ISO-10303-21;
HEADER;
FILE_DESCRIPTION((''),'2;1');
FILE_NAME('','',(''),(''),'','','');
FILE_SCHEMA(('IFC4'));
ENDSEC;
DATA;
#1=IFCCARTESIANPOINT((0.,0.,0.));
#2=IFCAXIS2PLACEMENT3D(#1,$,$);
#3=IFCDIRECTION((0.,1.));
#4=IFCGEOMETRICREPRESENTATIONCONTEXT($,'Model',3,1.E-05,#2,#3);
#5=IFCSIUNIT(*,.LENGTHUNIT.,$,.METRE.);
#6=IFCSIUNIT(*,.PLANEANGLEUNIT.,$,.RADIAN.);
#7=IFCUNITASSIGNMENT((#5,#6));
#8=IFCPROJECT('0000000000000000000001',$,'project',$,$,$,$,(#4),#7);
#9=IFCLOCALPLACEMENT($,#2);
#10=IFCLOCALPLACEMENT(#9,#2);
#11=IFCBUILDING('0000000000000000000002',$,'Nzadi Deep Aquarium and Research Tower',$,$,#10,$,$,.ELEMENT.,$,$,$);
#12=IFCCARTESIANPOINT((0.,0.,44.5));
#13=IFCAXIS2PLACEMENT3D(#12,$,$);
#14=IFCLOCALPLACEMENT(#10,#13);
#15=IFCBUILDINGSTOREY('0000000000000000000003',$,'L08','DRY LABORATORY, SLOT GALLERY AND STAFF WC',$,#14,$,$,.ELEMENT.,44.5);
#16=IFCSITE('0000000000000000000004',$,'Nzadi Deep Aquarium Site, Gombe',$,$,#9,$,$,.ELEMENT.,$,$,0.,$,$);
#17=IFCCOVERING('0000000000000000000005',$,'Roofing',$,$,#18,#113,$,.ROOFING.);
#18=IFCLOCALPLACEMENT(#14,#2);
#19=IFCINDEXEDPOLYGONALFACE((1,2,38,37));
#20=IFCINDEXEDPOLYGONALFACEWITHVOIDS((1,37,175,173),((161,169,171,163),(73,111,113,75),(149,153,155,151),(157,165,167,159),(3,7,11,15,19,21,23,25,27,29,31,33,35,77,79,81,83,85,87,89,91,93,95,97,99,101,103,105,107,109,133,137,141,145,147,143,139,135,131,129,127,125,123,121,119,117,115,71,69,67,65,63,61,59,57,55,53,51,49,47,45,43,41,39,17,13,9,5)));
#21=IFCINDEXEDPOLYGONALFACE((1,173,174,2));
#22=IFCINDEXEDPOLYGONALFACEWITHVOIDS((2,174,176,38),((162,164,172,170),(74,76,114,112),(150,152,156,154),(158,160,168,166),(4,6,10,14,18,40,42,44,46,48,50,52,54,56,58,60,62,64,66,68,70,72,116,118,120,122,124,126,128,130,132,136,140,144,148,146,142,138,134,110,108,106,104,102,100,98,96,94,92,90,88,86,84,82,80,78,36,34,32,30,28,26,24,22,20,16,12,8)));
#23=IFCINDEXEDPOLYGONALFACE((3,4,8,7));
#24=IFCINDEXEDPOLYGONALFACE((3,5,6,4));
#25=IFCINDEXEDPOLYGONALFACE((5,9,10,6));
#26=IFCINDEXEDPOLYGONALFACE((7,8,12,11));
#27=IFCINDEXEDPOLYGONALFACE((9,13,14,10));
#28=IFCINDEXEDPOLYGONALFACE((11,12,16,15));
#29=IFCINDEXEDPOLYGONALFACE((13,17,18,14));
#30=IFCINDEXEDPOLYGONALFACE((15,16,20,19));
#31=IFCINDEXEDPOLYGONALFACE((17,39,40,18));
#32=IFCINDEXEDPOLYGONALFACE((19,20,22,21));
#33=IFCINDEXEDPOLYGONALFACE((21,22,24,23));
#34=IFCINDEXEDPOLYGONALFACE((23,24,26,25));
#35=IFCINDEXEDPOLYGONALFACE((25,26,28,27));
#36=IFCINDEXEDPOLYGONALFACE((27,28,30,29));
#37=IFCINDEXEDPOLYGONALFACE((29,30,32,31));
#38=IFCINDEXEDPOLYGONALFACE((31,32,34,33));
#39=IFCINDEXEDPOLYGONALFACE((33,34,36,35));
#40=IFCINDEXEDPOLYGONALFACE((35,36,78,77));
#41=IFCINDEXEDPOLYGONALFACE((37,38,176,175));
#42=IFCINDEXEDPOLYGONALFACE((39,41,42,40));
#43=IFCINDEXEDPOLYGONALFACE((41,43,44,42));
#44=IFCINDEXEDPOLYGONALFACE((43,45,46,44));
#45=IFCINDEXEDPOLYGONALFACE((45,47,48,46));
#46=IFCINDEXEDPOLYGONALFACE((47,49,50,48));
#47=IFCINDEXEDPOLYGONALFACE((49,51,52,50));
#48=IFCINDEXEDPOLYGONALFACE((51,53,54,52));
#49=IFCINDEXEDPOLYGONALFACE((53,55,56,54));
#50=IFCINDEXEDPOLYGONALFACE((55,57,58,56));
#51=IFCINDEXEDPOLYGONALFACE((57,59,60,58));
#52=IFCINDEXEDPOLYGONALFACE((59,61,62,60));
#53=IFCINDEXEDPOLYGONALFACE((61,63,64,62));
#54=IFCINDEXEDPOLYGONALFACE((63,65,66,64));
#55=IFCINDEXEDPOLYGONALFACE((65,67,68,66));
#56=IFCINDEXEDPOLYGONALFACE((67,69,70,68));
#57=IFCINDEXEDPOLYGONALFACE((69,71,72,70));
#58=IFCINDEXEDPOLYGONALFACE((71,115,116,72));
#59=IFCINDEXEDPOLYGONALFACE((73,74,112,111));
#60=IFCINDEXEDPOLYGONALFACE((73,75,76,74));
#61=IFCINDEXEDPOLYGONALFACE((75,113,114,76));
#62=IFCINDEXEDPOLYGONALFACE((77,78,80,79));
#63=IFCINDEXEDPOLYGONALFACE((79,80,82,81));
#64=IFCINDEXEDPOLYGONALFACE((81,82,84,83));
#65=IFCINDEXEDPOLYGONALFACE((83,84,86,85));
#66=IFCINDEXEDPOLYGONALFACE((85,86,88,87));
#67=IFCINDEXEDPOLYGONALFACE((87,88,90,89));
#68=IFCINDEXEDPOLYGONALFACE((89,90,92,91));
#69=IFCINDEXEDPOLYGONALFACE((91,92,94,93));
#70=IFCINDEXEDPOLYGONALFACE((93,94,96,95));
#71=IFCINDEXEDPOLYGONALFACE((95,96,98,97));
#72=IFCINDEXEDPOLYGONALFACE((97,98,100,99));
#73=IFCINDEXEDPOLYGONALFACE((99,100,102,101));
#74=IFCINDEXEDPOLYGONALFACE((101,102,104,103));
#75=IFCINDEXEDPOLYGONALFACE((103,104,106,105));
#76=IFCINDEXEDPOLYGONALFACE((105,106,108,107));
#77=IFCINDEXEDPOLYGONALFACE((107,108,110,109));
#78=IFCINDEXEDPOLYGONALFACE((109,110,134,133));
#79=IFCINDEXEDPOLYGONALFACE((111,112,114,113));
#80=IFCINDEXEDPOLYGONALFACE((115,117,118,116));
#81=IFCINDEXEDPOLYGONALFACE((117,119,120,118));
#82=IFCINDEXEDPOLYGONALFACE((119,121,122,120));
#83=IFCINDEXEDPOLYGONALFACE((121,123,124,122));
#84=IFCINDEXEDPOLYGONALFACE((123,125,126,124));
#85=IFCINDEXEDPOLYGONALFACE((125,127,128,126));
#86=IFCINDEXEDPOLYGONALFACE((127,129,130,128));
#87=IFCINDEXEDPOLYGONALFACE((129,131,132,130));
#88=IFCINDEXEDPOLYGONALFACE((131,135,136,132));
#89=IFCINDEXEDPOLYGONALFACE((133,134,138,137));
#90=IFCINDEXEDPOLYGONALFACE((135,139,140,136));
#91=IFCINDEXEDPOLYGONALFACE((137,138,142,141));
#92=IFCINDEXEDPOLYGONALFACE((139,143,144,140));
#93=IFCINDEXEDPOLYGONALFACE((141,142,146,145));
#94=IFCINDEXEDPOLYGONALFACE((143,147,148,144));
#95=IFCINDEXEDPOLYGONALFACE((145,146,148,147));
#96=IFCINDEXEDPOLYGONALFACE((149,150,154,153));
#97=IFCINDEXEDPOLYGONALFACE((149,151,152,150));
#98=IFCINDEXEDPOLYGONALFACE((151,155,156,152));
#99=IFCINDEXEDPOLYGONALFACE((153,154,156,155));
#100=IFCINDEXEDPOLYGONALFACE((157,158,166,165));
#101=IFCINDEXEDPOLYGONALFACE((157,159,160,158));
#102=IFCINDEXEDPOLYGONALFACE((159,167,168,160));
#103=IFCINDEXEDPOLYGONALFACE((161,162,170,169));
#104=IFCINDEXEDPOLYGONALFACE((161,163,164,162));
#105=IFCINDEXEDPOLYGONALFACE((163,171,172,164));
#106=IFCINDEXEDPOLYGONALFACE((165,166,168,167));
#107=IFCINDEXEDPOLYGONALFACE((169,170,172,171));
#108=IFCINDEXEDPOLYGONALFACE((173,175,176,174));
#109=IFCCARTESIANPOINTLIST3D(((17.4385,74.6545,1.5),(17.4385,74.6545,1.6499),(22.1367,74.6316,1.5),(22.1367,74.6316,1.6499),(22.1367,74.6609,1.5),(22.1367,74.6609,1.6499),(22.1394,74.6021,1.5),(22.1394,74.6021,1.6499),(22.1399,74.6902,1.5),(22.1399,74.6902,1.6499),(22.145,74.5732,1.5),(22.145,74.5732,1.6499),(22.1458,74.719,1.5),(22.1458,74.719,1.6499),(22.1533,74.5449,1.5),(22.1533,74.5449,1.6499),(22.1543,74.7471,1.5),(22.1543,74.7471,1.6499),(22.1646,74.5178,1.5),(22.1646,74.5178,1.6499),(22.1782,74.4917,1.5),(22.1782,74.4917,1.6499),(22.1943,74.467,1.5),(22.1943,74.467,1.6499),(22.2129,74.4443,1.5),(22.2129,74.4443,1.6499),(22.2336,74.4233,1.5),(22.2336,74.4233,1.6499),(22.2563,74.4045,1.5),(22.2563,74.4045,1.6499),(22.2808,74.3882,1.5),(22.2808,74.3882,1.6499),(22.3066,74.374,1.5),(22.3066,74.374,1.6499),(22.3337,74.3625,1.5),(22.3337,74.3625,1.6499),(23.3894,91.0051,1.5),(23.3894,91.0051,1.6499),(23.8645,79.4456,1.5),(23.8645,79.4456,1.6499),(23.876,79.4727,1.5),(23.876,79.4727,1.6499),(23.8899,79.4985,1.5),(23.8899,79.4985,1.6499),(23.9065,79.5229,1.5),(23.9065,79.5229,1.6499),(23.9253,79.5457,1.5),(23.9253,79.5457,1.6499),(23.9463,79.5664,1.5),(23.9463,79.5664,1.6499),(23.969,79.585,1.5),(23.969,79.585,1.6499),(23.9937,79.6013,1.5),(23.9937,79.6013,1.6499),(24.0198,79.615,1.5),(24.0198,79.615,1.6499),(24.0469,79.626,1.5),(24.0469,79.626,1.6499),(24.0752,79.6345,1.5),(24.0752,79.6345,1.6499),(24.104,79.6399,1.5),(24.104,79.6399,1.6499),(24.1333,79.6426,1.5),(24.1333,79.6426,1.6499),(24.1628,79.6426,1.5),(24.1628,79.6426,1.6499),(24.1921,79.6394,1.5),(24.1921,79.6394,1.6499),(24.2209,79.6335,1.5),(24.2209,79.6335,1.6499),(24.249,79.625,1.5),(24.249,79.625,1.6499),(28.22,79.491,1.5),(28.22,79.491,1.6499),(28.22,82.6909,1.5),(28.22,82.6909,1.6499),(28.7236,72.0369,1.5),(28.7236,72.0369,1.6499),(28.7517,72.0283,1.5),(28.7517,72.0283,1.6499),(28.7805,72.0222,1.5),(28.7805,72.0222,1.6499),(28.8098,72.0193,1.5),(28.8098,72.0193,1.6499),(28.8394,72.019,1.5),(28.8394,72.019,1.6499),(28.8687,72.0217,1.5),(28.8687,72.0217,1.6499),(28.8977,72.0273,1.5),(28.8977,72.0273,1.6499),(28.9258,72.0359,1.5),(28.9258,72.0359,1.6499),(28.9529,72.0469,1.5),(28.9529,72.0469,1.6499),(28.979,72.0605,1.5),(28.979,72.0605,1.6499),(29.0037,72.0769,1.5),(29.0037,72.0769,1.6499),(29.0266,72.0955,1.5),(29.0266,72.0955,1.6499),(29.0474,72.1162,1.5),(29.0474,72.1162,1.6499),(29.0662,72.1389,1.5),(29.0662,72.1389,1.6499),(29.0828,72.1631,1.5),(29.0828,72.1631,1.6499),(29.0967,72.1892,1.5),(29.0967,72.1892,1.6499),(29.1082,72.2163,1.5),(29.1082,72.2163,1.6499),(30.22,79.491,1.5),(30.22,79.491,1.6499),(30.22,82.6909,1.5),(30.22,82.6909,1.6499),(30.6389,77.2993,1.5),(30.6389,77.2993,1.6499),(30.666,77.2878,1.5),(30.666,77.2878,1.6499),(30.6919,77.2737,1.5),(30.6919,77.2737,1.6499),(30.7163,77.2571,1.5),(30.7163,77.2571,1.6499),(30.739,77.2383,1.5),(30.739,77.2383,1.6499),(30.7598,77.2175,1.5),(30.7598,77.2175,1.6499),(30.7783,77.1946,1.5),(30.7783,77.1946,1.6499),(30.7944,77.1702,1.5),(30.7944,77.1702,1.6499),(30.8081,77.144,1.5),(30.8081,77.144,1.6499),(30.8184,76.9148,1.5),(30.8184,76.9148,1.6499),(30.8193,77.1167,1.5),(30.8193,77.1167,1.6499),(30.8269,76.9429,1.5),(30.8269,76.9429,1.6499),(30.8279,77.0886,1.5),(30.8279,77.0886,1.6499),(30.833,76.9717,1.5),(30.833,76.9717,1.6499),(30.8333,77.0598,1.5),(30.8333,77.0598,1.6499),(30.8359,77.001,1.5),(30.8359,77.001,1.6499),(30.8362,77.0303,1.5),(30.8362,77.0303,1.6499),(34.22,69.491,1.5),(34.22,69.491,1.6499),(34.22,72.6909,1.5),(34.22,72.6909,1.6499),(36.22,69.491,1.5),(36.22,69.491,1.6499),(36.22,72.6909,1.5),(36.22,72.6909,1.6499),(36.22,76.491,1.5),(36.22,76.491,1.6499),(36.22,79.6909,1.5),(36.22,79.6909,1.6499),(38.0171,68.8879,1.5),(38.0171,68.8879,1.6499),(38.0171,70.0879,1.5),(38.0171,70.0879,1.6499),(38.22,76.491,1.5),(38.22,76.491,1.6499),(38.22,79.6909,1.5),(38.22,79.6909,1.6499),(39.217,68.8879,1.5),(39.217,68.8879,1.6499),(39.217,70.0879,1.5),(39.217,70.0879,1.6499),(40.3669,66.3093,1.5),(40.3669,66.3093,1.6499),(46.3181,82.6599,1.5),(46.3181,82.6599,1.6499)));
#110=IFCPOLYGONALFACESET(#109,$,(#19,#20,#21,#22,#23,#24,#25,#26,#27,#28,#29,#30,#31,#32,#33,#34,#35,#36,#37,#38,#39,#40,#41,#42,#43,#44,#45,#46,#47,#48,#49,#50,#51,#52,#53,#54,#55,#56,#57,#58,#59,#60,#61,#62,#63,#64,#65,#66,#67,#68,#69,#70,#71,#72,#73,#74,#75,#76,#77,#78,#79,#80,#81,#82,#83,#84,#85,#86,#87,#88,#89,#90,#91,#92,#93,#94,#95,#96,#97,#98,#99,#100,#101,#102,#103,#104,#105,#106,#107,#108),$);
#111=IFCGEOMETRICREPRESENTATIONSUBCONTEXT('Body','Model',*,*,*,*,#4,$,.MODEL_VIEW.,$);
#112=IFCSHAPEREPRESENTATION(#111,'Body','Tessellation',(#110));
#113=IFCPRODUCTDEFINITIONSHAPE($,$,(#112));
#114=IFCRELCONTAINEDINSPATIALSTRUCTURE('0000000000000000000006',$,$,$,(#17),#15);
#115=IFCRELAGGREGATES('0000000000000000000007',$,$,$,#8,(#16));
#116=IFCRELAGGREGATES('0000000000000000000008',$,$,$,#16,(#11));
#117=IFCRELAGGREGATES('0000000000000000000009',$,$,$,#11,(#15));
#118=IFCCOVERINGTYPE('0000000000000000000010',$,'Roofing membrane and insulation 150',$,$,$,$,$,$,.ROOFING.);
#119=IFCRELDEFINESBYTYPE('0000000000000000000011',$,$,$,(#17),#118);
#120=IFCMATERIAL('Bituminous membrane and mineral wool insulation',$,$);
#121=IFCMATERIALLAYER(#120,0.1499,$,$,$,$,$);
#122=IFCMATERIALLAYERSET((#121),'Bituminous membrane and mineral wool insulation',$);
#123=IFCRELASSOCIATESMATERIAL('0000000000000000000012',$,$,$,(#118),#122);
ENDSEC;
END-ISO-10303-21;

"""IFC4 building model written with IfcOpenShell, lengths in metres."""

from ifc_helpers import new_model, si_unit, direction, frame, origin, place, context, subcontext, project, spatial, polyline, outline, extrude, material, layer, layer_set, type_object, element, save


model = new_model("IFC4")

# Units and contexts
model_context = context("Model", 3, precision=1e-05, world=origin(), true_north=direction((0.0, 1.0)))
body_context = subcontext(model_context, "Body", "Model", "MODEL_VIEW")
ifc_project = project(units=[si_unit("LENGTHUNIT", "METRE"), si_unit("PLANEANGLEUNIT", "RADIAN")], contexts=[model_context])

# Site, building, storey
site_placement = place(None, origin())
site = spatial("IfcSite", under=ifc_project, at=site_placement, Name="Nzadi Deep Aquarium Site, Gombe", CompositionType="ELEMENT", RefElevation=0.0)
building_placement = place(site_placement, origin())
building = spatial("IfcBuilding", under=site, at=building_placement, Name="Nzadi Deep Aquarium and Research Tower", CompositionType="ELEMENT")
storey_placement = place(building_placement, frame((0.0, 0.0, 44.5)))
storey = spatial("IfcBuildingStorey", under=building, at=storey_placement, Name="L08", Description="DRY LABORATORY, SLOT GALLERY AND STAFF WC", CompositionType="ELEMENT", Elevation=44.5)

# Covering
ifc_material_1 = material(Name="Bituminous membrane and mineral wool insulation")
ifc_layer_1 = layer(ifc_material_1, 0.1499)
ifc_layer_set_1 = layer_set([ifc_layer_1], Name="Bituminous membrane and mineral wool insulation")
covering_type = type_object("IfcCoveringType", Name="Roofing membrane and insulation 150", PredefinedType="ROOFING", material=ifc_layer_set_1)
covering_placement = place(storey_placement, frame((0.0, 0.0, 1.5)))
element("IfcCovering", 1, at=covering_placement, inside=storey, type_object=covering_type, Name="Roofing", PredefinedType="ROOFING", context=body_context, shape_type="SweptSolid", body=[
    extrude(outline(polyline([(46.3181, 82.6599), (40.3669, 66.3093), (17.4385, 74.6545), (23.3894, 91.0051), (46.3181, 82.6599)]), holes=[polyline([(30.8184, 76.9148), (30.8269, 76.9429), (30.833, 76.9717), (30.8359, 77.001), (30.8362, 77.0303), (30.8333, 77.0598), (30.8279, 77.0886), (30.8193, 77.1167), (30.8081, 77.144), (30.7944, 77.1702), (30.7783, 77.1946), (30.7598, 77.2175), (30.739, 77.2383), (30.7163, 77.2571), (30.6919, 77.2737), (30.666, 77.2878), (30.6389, 77.2993), (24.249, 79.625), (24.2209, 79.6335), (24.1921, 79.6394), (24.1628, 79.6426), (24.1333, 79.6426), (24.104, 79.6399), (24.0752, 79.6345), (24.0469, 79.626), (24.0198, 79.615), (23.9937, 79.6013), (23.969, 79.585), (23.9463, 79.5664), (23.9253, 79.5457), (23.9065, 79.5229), (23.8899, 79.4985), (23.876, 79.4727), (23.8645, 79.4456), (22.1543, 74.7471), (22.1458, 74.719), (22.1399, 74.6902), (22.1367, 74.6609), (22.1367, 74.6316), (22.1394, 74.6021), (22.145, 74.5732), (22.1533, 74.5449), (22.1646, 74.5178), (22.1782, 74.4917), (22.1943, 74.467), (22.2129, 74.4443), (22.2336, 74.4233), (22.2563, 74.4045), (22.2808, 74.3882), (22.3066, 74.374), (22.3337, 74.3625), (28.7236, 72.0369), (28.7517, 72.0283), (28.7805, 72.0222), (28.8098, 72.0193), (28.8394, 72.019), (28.8687, 72.0217), (28.8977, 72.0273), (28.9258, 72.0359), (28.9529, 72.0469), (28.979, 72.0605), (29.0037, 72.0769), (29.0266, 72.0955), (29.0474, 72.1162), (29.0662, 72.1389), (29.0828, 72.1631), (29.0967, 72.1892), (29.1082, 72.2163), (30.8184, 76.9148)]), polyline([(39.217, 70.0879), (38.0171, 70.0879), (38.0171, 68.8879), (39.217, 68.8879), (39.217, 70.0879)]), polyline([(36.22, 72.6909), (34.22, 72.6909), (34.22, 69.491), (36.22, 69.491), (36.22, 72.6909)]), polyline([(38.22, 79.6909), (36.22, 79.6909), (36.22, 76.491), (38.22, 76.491), (38.22, 79.6909)]), polyline([(30.22, 82.6909), (28.22, 82.6909), (28.22, 79.491), (30.22, 79.491), (30.22, 82.6909)])]), origin(), (0.0, 0.0, 1.0), 0.1499),
])

save(model, "model.ifc")
